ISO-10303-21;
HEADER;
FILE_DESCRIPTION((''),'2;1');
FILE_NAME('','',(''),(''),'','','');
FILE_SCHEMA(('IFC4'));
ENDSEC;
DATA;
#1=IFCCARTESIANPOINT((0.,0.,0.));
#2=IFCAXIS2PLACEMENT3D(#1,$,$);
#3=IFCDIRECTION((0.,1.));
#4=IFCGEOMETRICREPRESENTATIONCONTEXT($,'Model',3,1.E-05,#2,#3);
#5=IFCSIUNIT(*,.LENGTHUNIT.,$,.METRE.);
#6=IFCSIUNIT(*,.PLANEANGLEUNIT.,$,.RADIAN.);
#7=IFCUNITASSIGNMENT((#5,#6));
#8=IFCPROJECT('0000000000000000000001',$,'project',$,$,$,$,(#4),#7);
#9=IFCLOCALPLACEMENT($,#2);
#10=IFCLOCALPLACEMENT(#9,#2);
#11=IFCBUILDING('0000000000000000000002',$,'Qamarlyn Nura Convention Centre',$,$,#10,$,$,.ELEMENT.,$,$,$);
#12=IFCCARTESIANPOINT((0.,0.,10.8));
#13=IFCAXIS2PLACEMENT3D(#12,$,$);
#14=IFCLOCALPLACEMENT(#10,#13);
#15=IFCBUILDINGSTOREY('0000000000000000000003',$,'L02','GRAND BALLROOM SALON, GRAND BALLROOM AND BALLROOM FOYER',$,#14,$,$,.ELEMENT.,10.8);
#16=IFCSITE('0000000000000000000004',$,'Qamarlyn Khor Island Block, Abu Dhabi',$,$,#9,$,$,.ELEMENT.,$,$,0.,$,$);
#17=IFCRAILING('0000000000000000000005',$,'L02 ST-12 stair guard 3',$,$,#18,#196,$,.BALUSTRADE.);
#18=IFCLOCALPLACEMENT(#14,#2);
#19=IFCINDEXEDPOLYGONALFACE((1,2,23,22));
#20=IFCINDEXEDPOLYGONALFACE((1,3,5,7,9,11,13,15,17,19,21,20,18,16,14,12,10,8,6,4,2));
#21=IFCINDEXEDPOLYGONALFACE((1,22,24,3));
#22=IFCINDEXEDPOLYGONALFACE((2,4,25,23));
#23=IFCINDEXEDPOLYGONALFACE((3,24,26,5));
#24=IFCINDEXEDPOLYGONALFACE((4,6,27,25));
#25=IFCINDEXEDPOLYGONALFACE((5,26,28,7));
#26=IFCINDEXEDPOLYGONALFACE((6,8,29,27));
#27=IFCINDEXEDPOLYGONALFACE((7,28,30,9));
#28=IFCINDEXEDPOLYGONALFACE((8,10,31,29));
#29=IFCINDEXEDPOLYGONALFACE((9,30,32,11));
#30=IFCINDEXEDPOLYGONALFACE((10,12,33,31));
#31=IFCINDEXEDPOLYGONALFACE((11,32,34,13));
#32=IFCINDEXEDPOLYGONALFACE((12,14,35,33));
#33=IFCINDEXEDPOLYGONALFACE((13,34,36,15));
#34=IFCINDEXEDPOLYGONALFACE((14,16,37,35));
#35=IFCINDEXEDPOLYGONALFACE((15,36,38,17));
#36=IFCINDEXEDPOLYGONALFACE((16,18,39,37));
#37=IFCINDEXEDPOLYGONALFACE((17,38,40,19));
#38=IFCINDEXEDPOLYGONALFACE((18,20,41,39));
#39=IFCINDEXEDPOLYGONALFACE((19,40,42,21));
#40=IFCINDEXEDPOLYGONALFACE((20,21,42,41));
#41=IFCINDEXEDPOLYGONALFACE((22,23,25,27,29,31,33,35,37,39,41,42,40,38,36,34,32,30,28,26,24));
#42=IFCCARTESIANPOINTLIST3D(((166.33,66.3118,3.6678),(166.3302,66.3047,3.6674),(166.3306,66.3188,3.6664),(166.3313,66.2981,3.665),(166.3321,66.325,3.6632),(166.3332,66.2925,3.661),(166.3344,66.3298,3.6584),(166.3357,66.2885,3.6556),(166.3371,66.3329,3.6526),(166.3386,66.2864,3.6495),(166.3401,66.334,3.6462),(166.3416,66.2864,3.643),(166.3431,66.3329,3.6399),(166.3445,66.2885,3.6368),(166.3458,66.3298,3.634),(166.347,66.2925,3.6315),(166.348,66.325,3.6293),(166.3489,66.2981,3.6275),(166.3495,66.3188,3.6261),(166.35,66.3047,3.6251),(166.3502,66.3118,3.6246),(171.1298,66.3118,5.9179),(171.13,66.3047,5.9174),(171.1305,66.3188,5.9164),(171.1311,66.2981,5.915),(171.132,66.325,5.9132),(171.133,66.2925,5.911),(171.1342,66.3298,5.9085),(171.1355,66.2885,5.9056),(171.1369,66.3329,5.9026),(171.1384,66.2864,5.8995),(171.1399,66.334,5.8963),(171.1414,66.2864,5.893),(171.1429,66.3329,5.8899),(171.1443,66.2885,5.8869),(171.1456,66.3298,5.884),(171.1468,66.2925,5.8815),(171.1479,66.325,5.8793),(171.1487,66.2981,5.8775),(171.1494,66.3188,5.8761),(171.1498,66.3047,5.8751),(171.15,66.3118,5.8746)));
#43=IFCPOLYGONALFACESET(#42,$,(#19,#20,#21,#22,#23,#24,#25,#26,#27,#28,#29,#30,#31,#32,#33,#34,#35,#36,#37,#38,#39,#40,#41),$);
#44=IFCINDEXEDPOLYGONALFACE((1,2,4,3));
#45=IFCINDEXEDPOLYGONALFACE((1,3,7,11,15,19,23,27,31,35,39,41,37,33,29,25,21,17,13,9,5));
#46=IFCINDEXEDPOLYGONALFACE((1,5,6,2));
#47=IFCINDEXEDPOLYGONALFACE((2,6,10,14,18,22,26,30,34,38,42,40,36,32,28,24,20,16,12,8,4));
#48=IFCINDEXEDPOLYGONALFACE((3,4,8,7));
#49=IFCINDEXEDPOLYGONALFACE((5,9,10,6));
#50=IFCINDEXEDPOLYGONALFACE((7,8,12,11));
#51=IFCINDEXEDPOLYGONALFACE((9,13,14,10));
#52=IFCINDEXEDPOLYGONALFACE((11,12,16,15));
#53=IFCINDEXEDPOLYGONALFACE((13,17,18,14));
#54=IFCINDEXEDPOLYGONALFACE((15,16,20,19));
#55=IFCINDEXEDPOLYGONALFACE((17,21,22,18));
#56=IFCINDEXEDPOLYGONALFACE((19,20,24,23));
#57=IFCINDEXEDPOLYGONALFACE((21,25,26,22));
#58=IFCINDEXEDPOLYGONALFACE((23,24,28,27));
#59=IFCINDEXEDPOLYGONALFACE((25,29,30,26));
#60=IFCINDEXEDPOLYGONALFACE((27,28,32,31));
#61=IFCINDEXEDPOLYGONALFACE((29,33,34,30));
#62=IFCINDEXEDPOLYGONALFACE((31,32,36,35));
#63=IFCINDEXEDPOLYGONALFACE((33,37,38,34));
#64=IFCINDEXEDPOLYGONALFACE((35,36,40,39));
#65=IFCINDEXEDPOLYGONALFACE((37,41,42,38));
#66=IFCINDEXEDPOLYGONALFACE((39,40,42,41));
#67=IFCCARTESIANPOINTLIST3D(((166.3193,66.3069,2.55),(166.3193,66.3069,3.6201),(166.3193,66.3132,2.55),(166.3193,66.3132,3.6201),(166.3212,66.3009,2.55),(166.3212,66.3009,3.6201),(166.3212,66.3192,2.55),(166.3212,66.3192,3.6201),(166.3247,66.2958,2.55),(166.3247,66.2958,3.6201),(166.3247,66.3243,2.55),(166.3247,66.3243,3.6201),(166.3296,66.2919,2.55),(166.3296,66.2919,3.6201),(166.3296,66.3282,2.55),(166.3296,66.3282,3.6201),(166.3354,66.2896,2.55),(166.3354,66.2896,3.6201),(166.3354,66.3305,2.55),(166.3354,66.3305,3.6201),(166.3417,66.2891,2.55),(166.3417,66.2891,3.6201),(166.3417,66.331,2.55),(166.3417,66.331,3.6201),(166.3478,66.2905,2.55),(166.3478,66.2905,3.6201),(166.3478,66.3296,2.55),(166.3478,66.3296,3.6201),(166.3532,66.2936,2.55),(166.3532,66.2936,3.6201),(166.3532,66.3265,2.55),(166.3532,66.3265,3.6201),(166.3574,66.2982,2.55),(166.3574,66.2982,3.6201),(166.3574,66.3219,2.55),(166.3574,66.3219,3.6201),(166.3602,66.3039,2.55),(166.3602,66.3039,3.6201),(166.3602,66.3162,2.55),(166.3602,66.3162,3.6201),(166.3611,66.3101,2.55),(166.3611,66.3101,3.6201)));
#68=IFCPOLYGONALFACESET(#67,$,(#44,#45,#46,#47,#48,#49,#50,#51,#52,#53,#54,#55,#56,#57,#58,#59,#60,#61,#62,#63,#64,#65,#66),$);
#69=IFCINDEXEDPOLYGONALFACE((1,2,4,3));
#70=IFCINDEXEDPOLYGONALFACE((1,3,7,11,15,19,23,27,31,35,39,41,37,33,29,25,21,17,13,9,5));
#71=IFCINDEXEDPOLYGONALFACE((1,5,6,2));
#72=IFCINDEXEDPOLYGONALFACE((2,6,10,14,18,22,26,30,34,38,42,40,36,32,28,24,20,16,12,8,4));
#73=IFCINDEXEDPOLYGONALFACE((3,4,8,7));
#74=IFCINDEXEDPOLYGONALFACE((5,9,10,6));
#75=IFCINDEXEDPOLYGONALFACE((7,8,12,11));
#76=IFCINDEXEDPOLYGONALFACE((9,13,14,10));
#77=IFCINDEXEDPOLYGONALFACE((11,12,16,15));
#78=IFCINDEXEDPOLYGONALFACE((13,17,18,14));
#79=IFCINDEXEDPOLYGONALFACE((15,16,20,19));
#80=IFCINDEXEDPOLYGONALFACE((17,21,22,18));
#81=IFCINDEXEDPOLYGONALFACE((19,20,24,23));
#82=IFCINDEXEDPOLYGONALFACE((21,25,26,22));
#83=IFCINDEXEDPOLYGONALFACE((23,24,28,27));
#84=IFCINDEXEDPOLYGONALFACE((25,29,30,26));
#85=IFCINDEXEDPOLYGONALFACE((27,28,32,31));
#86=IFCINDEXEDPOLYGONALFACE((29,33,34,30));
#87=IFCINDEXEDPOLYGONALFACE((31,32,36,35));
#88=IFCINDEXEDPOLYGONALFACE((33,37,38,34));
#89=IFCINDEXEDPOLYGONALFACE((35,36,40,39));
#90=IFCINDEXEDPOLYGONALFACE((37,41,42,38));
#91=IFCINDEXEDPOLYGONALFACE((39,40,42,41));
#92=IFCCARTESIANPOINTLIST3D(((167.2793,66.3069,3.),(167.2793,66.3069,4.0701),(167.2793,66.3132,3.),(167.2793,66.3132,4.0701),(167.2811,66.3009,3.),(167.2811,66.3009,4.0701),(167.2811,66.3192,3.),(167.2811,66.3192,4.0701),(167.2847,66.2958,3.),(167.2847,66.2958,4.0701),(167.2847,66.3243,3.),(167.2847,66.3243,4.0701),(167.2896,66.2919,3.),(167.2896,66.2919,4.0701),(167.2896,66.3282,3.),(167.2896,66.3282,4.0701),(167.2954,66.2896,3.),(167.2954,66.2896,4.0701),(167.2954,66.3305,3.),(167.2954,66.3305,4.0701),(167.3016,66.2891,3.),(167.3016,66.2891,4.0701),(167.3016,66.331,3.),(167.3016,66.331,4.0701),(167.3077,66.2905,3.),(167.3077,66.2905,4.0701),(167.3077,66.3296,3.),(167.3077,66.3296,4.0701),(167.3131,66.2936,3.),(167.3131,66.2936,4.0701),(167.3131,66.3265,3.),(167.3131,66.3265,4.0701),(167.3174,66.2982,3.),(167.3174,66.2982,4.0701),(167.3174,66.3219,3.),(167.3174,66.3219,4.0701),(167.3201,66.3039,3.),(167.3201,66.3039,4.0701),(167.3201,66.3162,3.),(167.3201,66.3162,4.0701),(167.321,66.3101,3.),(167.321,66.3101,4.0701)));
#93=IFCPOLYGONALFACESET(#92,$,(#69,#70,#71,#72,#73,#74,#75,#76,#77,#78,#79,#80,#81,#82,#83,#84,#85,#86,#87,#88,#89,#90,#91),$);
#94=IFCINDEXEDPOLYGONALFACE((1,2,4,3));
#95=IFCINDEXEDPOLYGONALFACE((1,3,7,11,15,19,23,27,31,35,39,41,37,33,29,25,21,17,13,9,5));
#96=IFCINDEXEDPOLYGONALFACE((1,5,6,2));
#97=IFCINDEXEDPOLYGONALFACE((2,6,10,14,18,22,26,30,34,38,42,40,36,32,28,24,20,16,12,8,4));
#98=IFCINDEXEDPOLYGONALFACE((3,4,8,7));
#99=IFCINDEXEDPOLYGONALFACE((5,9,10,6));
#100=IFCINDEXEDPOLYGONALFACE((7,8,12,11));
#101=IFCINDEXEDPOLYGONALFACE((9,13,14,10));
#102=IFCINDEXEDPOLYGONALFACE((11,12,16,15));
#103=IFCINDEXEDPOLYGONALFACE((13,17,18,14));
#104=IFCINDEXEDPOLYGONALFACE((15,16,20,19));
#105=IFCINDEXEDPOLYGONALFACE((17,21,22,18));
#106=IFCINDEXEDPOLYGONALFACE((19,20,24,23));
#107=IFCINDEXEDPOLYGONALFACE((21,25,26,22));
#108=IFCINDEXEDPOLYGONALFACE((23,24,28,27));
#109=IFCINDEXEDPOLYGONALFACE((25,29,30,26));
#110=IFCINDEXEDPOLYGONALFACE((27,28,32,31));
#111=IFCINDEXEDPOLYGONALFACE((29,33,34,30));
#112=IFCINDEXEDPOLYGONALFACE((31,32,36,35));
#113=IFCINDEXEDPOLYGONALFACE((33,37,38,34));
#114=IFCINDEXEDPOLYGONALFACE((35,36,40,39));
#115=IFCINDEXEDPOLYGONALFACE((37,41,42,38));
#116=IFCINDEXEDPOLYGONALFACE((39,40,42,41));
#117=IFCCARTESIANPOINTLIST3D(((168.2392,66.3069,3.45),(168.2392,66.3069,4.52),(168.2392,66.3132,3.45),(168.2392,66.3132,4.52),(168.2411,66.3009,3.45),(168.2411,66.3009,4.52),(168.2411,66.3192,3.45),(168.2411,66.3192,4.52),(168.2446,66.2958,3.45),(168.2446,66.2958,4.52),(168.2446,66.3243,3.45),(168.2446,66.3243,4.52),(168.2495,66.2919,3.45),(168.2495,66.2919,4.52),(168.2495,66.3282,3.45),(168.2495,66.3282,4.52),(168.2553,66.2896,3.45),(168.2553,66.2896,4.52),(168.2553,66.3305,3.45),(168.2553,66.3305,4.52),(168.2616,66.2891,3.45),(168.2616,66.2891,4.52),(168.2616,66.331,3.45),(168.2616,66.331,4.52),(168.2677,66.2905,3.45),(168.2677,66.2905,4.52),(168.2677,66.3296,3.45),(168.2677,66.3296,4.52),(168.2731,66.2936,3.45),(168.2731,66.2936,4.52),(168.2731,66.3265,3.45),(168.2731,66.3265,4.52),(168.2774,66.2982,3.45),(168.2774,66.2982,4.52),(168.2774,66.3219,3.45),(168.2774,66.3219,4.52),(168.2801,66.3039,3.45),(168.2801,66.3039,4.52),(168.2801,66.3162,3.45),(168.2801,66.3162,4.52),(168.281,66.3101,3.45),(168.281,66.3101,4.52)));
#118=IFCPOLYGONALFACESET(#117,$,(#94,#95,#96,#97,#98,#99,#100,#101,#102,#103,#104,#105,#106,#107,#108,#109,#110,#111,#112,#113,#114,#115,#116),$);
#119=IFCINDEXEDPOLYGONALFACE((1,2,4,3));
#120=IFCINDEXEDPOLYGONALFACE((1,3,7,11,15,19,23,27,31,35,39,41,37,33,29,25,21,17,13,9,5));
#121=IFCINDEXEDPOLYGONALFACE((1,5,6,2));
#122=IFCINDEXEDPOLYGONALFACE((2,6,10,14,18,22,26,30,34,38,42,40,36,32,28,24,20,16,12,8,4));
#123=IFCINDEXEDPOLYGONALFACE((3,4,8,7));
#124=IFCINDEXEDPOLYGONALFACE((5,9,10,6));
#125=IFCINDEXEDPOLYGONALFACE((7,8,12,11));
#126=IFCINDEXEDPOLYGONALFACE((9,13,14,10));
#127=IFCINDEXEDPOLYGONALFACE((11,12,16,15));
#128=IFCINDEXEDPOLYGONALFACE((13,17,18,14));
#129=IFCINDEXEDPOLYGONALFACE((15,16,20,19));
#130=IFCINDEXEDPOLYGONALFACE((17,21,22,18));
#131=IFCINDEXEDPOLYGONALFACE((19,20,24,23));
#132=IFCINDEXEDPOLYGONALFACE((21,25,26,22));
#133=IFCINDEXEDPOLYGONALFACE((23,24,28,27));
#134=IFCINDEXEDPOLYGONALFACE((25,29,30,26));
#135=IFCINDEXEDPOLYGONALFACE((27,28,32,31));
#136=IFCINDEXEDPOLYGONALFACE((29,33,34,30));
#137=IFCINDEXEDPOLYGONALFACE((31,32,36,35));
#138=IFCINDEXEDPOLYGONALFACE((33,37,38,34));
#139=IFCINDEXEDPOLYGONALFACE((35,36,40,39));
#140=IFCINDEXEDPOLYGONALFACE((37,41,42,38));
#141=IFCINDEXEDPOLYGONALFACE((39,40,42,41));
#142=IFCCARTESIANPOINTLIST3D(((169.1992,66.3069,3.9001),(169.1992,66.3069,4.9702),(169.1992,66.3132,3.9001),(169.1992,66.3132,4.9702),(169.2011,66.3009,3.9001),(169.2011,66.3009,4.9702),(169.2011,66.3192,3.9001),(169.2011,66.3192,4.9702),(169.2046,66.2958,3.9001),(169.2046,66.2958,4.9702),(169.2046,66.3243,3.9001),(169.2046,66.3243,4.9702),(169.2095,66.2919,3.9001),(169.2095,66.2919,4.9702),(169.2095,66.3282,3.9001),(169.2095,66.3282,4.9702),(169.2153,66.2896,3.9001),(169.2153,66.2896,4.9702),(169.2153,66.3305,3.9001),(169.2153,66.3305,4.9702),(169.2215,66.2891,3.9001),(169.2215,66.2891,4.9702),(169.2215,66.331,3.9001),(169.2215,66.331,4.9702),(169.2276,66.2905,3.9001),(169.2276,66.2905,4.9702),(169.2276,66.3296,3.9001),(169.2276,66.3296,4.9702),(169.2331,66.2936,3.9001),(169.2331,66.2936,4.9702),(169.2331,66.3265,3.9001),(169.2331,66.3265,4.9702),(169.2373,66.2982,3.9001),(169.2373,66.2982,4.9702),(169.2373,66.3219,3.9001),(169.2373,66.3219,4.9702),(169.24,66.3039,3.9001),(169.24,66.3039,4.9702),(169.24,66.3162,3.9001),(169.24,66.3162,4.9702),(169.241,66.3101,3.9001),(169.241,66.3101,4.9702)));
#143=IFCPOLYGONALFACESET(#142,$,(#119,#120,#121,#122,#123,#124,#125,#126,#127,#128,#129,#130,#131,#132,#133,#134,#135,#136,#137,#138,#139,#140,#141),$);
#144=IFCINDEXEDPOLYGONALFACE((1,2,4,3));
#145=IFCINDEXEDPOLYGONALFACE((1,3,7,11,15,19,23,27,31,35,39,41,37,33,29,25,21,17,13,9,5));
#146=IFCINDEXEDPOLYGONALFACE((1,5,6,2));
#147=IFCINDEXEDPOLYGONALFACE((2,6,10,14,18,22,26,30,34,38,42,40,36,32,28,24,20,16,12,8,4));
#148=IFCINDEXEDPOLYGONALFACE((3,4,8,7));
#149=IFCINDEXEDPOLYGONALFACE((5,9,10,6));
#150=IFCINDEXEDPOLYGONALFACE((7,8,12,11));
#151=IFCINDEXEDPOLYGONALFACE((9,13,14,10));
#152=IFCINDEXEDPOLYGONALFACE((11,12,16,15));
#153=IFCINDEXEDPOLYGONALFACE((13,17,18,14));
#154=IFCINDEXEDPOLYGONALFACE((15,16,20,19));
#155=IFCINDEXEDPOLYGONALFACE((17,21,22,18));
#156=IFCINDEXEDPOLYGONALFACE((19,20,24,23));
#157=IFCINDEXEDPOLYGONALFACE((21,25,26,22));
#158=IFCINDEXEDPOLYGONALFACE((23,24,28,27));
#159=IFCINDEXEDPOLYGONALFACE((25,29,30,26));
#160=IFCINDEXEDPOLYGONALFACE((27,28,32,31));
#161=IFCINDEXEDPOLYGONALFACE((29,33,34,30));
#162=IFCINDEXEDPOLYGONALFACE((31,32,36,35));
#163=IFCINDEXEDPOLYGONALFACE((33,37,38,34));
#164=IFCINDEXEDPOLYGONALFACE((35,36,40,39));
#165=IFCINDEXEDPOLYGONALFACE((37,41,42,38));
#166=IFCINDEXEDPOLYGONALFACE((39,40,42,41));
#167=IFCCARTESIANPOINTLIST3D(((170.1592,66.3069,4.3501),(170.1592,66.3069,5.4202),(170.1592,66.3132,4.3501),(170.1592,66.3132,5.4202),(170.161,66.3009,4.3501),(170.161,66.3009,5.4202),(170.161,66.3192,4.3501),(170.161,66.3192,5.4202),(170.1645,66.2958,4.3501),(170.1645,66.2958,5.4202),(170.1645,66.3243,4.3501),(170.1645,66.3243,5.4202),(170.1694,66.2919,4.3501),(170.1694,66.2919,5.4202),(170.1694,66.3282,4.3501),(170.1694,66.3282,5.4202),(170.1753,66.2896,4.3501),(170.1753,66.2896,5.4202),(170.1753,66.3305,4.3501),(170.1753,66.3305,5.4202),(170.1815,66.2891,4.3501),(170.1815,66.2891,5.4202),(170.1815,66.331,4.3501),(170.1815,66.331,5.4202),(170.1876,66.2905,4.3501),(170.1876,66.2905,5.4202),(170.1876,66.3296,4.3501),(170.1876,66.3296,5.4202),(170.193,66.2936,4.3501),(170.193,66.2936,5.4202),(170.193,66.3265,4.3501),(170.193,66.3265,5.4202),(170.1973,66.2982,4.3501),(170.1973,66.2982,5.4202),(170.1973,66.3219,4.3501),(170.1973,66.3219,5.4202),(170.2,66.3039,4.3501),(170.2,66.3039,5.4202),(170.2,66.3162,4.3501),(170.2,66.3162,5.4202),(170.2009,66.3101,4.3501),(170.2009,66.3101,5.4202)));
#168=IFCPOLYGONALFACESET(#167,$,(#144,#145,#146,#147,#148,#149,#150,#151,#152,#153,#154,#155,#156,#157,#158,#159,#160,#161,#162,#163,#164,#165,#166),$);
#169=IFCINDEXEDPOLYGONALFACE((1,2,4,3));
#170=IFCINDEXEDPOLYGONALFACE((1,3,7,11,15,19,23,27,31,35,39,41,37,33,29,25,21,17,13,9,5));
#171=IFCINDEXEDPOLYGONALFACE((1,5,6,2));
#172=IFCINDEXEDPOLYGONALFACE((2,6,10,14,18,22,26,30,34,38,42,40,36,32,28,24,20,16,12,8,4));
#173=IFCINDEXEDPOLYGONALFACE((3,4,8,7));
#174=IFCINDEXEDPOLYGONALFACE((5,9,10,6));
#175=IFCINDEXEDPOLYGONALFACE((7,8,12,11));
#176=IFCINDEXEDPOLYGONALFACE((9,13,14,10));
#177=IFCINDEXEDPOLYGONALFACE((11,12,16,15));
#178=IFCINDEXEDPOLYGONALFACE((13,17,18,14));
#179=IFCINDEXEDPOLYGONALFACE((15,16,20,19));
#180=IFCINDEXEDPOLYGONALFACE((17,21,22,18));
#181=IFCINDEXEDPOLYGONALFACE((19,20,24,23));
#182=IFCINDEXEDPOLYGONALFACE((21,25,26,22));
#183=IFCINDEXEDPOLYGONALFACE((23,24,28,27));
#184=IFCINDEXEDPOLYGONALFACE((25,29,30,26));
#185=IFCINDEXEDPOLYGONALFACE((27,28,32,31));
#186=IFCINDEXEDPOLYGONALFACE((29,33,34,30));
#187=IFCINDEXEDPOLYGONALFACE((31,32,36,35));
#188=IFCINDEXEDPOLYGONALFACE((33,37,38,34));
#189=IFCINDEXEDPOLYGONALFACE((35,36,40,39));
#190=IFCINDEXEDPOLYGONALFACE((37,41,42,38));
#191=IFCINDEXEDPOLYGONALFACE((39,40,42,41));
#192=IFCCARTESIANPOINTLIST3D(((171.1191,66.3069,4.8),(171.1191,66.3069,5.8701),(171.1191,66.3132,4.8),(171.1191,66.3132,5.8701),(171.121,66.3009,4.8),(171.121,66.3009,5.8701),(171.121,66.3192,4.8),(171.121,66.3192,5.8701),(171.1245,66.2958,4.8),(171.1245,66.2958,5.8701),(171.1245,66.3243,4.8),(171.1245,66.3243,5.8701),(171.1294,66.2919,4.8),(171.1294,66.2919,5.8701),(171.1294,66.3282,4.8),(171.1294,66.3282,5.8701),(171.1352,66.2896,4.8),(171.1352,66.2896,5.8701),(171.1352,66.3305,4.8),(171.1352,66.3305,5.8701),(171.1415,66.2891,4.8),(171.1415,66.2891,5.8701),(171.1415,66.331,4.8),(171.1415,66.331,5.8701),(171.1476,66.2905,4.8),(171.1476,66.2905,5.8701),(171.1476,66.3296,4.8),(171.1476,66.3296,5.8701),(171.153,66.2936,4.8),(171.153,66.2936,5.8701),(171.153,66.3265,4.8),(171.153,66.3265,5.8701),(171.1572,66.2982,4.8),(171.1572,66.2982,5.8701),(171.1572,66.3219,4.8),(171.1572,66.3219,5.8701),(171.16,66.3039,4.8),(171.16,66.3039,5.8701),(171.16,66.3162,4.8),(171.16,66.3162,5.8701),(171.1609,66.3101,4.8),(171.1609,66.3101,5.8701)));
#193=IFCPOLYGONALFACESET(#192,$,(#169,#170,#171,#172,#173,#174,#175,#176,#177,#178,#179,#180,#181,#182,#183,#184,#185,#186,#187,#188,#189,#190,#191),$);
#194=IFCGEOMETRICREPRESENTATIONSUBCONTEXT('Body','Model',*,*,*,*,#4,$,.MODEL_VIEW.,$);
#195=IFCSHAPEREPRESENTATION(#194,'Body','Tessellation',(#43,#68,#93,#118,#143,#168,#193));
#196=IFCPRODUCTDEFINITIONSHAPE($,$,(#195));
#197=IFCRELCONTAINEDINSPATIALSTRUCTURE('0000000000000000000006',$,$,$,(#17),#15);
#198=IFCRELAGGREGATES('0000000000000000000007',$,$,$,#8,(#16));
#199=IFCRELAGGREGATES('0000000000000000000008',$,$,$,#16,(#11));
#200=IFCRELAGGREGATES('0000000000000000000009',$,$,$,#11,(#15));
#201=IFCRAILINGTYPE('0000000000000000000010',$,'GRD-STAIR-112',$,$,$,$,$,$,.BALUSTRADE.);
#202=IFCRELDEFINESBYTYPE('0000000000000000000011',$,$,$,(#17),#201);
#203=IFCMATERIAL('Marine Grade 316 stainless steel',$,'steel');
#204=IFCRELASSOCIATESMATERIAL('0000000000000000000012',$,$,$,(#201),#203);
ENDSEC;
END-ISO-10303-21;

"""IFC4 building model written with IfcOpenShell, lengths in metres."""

from ifc_helpers import new_model, si_unit, direction, frame, origin, origin_2d, place, context, subcontext, project, spatial, circle, extrude, material, type_object, element, save


model = new_model("IFC4")

# Units and contexts
model_context = context("Model", 3, precision=1e-05, world=origin(), true_north=direction((0.0, 1.0)))
body_context = subcontext(model_context, "Body", "Model", "MODEL_VIEW")
ifc_project = project(units=[si_unit("LENGTHUNIT", "METRE"), si_unit("PLANEANGLEUNIT", "RADIAN")], contexts=[model_context])

# Site, building, storey
site_placement = place(None, origin())
site = spatial("IfcSite", under=ifc_project, at=site_placement, Name="Qamarlyn Khor Island Block, Abu Dhabi", CompositionType="ELEMENT", RefElevation=0.0)
building_placement = place(site_placement, origin())
building = spatial("IfcBuilding", under=site, at=building_placement, Name="Qamarlyn Nura Convention Centre", CompositionType="ELEMENT")
storey_placement = place(building_placement, frame((0.0, 0.0, 10.8)))
storey = spatial("IfcBuildingStorey", under=building, at=storey_placement, Name="L02", Description="GRAND BALLROOM SALON, GRAND BALLROOM AND BALLROOM FOYER", CompositionType="ELEMENT", Elevation=10.8)

# Railing
ifc_material_1 = material(Name="Marine Grade 316 stainless steel", Category="steel")
railing_type_1 = type_object("IfcRailingType", Name="GRD-STAIR-112", PredefinedType="BALUSTRADE", material=ifc_material_1)
railing_1_placement = place(storey_placement, frame((166.3401, 66.3101, 2.55)))
element("IfcRailing", 1, at=railing_1_placement, inside=storey, type_object=railing_type_1, Name="L02 ST-12 stair guard 3", PredefinedType="BALUSTRADE", context=body_context, shape_type="SweptSolid", body=[
    extrude(circle(Radius=0.0239, at=origin_2d()), frame((0.0, 0.0, 1.0962), z_axis=(0.905452, 0.0, 0.424448), x_axis=(0.0, 1.0, 0.0)), (0.0, 0.0, 1.0), 5.301),
    extrude(circle(Radius=0.021, at=origin_2d()), origin(), (0.0, 0.0, 1.0), 1.0701),
    extrude(circle(Radius=0.021, at=origin_2d()), frame((0.96, 0.0, 0.45)), (0.0, 0.0, 1.0), 1.0701),
    extrude(circle(Radius=0.021, at=origin_2d()), frame((1.9199, 0.0, 0.8999)), (0.0, 0.0, 1.0), 1.0701),
    extrude(circle(Radius=0.021, at=origin_2d()), frame((2.8799, 0.0, 1.3501)), (0.0, 0.0, 1.0), 1.0701),
    extrude(circle(Radius=0.021, at=origin_2d()), frame((3.8398, 0.0, 1.8)), (0.0, 0.0, 1.0), 1.0701),
    extrude(circle(Radius=0.021, at=origin_2d()), frame((4.7998, 0.0, 2.25)), (0.0, 0.0, 1.0), 1.0701),
])

save(model, "model.ifc")
